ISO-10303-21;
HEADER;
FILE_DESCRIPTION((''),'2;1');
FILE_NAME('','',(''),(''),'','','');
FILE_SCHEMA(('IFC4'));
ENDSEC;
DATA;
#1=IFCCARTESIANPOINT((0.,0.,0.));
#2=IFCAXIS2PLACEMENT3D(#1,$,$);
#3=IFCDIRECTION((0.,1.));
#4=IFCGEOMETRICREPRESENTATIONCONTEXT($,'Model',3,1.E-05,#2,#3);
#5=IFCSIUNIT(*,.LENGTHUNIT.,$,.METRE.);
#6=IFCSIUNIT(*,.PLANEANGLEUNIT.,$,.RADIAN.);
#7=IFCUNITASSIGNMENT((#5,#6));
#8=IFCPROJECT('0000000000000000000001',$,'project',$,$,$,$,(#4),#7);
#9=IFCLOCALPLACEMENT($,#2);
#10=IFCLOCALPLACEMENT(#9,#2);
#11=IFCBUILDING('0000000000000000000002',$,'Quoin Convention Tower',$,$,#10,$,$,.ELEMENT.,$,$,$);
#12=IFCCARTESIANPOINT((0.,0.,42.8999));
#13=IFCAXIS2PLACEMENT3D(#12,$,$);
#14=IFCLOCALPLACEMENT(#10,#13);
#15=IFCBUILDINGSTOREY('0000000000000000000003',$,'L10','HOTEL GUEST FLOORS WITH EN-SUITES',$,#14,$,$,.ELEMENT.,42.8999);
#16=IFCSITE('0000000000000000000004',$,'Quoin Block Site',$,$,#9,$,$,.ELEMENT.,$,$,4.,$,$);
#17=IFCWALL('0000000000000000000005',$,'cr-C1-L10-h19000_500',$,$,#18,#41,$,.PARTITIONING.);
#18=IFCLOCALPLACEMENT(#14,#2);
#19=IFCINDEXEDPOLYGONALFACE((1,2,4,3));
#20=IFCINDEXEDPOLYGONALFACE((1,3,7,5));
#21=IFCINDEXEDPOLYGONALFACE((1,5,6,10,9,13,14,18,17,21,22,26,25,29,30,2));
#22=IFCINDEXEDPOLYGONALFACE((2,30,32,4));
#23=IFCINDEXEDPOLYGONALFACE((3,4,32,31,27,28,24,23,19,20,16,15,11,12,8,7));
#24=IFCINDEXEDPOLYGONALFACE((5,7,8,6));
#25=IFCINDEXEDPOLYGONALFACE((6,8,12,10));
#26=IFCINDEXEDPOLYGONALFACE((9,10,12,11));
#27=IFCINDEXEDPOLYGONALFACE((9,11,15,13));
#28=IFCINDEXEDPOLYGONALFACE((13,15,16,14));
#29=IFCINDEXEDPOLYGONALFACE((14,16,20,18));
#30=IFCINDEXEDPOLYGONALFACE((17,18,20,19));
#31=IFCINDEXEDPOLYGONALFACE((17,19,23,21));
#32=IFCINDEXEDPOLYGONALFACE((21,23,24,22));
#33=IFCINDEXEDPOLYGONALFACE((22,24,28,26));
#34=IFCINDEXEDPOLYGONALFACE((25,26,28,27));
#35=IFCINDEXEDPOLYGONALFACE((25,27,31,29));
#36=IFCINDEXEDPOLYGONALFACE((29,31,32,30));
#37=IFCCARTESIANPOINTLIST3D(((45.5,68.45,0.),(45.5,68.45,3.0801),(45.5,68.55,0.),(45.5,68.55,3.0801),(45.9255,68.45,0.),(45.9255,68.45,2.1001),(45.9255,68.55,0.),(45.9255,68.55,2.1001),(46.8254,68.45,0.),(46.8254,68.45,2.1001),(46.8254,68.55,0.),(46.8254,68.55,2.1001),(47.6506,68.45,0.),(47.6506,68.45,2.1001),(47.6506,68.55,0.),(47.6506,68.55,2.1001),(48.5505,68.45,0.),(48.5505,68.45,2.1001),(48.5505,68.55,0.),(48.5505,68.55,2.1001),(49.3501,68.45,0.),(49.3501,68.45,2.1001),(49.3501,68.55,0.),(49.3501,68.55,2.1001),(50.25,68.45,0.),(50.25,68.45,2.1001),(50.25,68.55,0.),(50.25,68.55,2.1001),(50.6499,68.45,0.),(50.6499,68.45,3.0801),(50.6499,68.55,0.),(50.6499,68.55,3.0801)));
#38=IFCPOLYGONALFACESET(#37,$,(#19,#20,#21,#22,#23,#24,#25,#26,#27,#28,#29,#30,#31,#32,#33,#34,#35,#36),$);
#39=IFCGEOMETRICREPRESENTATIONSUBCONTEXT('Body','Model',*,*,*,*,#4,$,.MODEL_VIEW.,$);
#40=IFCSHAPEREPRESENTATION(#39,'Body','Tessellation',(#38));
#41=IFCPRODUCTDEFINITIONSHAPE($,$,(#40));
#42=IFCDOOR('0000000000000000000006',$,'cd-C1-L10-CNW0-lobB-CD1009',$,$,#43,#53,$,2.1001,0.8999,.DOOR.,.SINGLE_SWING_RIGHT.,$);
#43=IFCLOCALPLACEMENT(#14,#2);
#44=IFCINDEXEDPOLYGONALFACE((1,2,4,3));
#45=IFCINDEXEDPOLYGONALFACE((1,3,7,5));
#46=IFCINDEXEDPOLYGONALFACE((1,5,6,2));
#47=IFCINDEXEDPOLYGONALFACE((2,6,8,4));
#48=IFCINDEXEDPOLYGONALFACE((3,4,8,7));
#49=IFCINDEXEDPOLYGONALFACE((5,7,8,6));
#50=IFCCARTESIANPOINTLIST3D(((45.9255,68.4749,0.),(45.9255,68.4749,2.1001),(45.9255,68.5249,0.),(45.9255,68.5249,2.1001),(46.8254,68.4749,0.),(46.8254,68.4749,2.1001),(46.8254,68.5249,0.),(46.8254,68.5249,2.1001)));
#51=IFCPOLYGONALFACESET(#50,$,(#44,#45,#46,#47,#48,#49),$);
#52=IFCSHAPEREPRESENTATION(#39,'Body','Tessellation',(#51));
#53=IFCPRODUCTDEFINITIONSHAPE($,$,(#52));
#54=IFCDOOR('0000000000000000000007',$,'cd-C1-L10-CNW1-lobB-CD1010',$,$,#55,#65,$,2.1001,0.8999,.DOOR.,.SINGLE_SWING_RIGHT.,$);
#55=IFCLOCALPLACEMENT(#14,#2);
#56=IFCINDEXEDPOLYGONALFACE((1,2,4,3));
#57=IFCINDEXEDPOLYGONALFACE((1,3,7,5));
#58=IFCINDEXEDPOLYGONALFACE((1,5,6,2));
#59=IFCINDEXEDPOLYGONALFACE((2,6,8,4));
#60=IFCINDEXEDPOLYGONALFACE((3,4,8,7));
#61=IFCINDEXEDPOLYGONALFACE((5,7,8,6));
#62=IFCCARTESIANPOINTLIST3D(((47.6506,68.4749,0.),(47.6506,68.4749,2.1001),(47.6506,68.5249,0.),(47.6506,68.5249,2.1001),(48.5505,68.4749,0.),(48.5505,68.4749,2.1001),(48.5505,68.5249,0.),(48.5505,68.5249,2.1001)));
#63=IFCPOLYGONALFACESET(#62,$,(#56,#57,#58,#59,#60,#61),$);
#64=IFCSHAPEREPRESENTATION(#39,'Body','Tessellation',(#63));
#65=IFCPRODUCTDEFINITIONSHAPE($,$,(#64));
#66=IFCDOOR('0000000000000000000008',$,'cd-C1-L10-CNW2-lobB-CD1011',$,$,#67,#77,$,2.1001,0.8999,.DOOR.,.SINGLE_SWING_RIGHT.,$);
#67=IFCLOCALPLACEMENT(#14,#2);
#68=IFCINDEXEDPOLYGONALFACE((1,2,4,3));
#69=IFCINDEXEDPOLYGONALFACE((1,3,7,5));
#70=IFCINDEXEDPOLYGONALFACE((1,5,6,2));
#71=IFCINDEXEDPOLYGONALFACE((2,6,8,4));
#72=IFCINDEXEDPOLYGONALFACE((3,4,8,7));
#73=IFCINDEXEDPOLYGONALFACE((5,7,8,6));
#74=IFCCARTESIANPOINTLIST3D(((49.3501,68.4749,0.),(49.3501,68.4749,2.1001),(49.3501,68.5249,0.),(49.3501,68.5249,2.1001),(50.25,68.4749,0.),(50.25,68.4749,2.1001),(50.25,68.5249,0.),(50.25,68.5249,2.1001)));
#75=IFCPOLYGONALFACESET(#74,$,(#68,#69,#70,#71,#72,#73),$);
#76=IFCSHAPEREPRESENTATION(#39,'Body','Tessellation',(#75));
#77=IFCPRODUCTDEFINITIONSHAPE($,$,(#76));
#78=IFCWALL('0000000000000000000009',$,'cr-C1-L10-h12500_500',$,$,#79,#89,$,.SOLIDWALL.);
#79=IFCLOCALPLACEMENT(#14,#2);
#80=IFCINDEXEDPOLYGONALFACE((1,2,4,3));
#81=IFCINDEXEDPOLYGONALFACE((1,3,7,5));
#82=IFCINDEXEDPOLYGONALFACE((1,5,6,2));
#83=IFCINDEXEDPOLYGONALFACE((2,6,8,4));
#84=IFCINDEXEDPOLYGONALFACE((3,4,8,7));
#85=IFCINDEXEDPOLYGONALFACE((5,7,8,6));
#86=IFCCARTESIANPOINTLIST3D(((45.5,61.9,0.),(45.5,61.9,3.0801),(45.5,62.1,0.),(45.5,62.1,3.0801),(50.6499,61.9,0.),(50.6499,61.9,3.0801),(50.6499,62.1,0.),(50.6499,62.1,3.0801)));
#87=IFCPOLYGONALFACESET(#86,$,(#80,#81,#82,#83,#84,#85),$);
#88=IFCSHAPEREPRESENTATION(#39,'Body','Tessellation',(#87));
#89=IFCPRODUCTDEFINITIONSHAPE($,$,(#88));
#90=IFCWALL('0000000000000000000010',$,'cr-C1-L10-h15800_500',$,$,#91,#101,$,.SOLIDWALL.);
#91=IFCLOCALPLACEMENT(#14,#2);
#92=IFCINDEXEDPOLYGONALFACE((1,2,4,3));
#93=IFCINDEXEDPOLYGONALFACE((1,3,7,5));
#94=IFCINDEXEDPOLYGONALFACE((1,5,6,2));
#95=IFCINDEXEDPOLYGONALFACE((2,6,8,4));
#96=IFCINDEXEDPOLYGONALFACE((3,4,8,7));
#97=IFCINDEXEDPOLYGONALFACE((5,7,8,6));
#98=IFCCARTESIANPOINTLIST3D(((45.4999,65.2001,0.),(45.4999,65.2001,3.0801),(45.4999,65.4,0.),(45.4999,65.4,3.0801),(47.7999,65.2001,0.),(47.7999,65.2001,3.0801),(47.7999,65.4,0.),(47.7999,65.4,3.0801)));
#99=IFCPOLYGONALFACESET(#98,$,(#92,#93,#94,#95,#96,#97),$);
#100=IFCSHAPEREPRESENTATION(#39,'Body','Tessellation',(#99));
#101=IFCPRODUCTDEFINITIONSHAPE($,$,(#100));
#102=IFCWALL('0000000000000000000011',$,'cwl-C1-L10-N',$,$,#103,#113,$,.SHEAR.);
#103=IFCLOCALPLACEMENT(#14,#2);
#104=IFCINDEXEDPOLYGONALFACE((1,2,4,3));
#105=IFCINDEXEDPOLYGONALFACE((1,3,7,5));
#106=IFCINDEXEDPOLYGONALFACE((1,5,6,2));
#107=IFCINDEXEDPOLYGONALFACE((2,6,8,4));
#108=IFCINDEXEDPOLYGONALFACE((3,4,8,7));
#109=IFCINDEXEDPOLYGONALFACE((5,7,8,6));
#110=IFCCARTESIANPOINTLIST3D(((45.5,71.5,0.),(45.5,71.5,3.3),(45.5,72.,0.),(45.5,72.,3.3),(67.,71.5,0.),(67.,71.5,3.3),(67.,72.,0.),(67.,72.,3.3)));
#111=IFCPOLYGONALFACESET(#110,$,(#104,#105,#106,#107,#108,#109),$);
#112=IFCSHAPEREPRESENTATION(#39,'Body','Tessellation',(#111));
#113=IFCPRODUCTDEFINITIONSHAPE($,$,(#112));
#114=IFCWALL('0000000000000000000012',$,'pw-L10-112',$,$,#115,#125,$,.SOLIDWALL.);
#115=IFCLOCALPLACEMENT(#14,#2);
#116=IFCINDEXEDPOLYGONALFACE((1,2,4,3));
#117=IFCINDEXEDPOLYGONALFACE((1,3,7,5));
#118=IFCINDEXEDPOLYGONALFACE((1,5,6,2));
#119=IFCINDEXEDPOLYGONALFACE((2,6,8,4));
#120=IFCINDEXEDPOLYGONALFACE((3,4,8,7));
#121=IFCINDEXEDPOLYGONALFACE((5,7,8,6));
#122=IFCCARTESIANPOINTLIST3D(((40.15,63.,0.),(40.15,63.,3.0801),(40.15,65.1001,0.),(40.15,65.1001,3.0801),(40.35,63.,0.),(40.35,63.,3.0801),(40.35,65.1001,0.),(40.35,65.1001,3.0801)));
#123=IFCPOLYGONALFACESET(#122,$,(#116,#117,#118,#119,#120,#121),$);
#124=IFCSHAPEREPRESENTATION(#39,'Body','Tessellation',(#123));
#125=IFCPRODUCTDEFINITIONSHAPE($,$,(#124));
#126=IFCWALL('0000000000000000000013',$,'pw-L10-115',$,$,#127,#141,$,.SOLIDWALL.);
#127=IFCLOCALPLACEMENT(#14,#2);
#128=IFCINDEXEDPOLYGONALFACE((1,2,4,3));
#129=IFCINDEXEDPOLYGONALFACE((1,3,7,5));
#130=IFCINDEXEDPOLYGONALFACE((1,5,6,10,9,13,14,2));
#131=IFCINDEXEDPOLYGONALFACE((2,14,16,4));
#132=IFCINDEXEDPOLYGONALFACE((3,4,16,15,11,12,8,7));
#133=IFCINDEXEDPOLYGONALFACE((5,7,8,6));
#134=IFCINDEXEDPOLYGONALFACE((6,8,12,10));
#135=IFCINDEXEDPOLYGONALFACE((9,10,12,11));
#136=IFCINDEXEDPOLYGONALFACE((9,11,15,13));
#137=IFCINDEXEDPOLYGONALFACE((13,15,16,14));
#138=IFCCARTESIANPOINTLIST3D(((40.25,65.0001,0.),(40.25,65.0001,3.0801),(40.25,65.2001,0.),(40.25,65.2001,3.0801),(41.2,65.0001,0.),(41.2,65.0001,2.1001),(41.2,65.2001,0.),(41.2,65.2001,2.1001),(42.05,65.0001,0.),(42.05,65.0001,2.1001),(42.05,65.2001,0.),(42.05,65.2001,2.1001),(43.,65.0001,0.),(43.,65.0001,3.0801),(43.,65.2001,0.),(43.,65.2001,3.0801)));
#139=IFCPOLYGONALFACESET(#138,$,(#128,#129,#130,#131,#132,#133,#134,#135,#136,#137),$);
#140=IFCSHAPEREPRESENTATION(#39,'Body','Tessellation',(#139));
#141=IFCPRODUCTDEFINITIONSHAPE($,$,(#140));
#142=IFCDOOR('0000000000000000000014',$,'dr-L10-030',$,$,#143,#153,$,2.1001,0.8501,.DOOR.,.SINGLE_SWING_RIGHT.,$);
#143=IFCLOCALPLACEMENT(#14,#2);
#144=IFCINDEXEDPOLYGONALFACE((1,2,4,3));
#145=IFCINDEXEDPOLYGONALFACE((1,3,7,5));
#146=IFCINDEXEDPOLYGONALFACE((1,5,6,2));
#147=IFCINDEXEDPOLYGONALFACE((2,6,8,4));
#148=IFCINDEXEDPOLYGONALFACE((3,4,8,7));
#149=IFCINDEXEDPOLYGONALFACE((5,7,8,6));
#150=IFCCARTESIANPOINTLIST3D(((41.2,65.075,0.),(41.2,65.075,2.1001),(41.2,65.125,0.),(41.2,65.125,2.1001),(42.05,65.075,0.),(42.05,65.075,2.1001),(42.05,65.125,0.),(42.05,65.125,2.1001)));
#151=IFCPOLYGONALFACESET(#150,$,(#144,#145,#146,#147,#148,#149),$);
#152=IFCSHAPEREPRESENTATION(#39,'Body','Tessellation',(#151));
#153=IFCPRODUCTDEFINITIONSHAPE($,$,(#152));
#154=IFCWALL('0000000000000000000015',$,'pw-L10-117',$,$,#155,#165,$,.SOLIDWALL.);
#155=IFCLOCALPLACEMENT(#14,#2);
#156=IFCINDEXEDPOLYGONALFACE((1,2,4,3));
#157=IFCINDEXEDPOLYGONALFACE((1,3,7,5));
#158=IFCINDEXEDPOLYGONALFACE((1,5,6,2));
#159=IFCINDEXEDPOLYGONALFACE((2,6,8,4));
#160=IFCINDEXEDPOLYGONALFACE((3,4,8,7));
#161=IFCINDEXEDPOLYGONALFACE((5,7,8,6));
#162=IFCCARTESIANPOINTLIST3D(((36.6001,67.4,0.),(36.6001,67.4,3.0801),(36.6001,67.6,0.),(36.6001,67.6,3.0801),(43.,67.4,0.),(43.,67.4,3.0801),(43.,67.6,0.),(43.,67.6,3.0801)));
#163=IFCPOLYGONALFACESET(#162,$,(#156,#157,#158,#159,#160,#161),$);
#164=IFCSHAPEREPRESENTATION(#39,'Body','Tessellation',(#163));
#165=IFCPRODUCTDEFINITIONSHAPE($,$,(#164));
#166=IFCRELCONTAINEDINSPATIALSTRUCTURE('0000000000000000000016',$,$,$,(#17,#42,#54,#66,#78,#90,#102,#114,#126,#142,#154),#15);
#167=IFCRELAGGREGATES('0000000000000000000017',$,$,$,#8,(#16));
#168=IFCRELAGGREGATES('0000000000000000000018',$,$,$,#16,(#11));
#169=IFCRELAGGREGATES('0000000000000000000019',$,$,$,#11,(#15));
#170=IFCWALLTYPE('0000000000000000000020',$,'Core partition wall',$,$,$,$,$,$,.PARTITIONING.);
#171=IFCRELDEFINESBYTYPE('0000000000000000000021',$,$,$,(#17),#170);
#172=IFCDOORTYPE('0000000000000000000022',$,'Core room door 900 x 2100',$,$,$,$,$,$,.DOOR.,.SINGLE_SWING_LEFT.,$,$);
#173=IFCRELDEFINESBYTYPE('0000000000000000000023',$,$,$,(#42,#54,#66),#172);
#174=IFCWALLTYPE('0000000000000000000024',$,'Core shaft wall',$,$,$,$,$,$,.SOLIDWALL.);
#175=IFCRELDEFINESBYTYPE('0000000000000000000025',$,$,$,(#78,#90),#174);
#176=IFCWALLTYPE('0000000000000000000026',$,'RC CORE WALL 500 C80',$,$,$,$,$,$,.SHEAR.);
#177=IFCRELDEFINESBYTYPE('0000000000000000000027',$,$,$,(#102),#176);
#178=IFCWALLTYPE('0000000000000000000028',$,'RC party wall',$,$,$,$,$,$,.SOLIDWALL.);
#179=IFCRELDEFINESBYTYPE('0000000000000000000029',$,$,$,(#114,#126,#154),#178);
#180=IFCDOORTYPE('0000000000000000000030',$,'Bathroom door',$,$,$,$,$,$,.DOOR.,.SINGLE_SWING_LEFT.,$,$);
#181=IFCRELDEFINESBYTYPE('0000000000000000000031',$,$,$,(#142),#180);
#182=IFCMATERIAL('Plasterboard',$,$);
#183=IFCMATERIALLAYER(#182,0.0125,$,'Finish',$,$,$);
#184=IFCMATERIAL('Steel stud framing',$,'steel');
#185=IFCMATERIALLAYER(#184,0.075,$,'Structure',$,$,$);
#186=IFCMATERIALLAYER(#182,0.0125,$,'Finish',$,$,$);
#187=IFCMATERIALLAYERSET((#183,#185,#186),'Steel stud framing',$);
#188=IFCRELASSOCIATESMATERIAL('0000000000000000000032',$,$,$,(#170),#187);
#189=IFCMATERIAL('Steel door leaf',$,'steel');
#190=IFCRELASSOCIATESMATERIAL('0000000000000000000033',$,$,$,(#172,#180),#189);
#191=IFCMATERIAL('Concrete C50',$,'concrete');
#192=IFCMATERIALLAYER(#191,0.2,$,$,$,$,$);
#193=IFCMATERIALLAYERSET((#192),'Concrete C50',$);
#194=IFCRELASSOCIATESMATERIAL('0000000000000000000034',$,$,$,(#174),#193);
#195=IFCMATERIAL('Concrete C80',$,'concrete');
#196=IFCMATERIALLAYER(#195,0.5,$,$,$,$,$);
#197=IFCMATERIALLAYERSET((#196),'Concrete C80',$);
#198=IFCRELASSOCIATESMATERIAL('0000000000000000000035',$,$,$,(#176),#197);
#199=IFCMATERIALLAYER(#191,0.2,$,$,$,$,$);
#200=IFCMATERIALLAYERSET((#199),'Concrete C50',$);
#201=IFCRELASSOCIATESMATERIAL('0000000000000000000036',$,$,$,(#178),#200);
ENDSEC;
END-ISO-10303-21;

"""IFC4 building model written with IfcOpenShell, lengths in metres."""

from ifc_helpers import new_model, si_unit, direction, frame, frame_2d, origin, place, context, subcontext, project, spatial, rectangle, extrude, material, layer, layer_set, type_object, element, fill, save


model = new_model("IFC4")

# Units and contexts
model_context = context("Model", 3, precision=1e-05, world=origin(), true_north=direction((0.0, 1.0)))
body_context = subcontext(model_context, "Body", "Model", "MODEL_VIEW")
ifc_project = project(units=[si_unit("LENGTHUNIT", "METRE"), si_unit("PLANEANGLEUNIT", "RADIAN")], contexts=[model_context])

# Site, building, storey
site_placement = place(None, origin())
site = spatial("IfcSite", under=ifc_project, at=site_placement, Name="Quoin Block Site", CompositionType="ELEMENT", RefElevation=4.0)
building_placement = place(site_placement, origin())
building = spatial("IfcBuilding", under=site, at=building_placement, Name="Quoin Convention Tower", CompositionType="ELEMENT")
storey_placement = place(building_placement, frame((0.0, 0.0, 42.8999)))
storey = spatial("IfcBuildingStorey", under=building, at=storey_placement, Name="L10", Description="HOTEL GUEST FLOORS WITH EN-SUITES", CompositionType="ELEMENT", Elevation=42.8999)

# Wall, openings, doors
ifc_material_1 = material(Name="Plasterboard")
ifc_layer_1 = layer(ifc_material_1, 0.0125, Name="Finish")
ifc_material_2 = material(Name="Steel stud framing", Category="steel")
ifc_layer_2 = layer(ifc_material_2, 0.075, Name="Structure")
ifc_layer_3 = layer(ifc_material_1, 0.0125, Name="Finish")
ifc_layer_set_1 = layer_set([ifc_layer_1, ifc_layer_2, ifc_layer_3], Name="Steel stud framing")
wall_type_1 = type_object("IfcWallType", Name="Core partition wall", PredefinedType="PARTITIONING", material=ifc_layer_set_1)
wall_1_placement = place(storey_placement, frame((45.5, 68.5, 0.0), z_axis=(0.0, 0.0, 1.0), x_axis=(1.0, 0.0, 0.0)))
wall_1 = element("IfcWall", 1, at=wall_1_placement, inside=storey, type_object=wall_type_1, Name="cr-C1-L10-h19000_500", PredefinedType="PARTITIONING", context=body_context, shape_type="SweptSolid", body=[
    extrude(rectangle(XDim=5.1499, YDim=0.1001, at=frame_2d((2.575, 0.0))), origin(), (0.0, 0.0, 1.0), 3.0801),
])
opening_1_placement = place(wall_1_placement, frame((0.4255, 0.0, 0.0)))
opening_1 = element("IfcOpeningElement", 2, at=opening_1_placement, cuts=wall_1, PredefinedType="OPENING", context=body_context, shape_type="SweptSolid", body=[
    extrude(rectangle(XDim=0.8999, YDim=2.1001, at=frame_2d((0.45, 1.05))), frame((0.0, 0.0601, 0.0), z_axis=(0.0, -1.0, 0.0), x_axis=(1.0, 0.0, 0.0)), (0.0, 0.0, 1.0), 0.1201),
])
opening_2_placement = place(wall_1_placement, frame((2.1506, 0.0, 0.0)))
opening_2 = element("IfcOpeningElement", 3, at=opening_2_placement, cuts=wall_1, PredefinedType="OPENING", context=body_context, shape_type="SweptSolid", body=[
    extrude(rectangle(XDim=0.8999, YDim=2.1001, at=frame_2d((0.45, 1.05))), frame((0.0, 0.0601, 0.0), z_axis=(0.0, -1.0, 0.0), x_axis=(1.0, 0.0, 0.0)), (0.0, 0.0, 1.0), 0.1201),
])
opening_3_placement = place(wall_1_placement, frame((3.8501, 0.0, 0.0)))
opening_3 = element("IfcOpeningElement", 4, at=opening_3_placement, cuts=wall_1, PredefinedType="OPENING", context=body_context, shape_type="SweptSolid", body=[
    extrude(rectangle(XDim=0.8999, YDim=2.1001, at=frame_2d((0.45, 1.05))), frame((0.0, 0.0601, 0.0), z_axis=(0.0, -1.0, 0.0), x_axis=(1.0, 0.0, 0.0)), (0.0, 0.0, 1.0), 0.1201),
])
ifc_material_3 = material(Name="Steel door leaf", Category="steel")
door_type_1 = type_object("IfcDoorType", Name="Core room door 900 x 2100", OperationType="SINGLE_SWING_LEFT", PredefinedType="DOOR", material=ifc_material_3)
door_1_placement = place(opening_1_placement, origin())
door_1 = element("IfcDoor", 5, at=door_1_placement, inside=storey, type_object=door_type_1, Name="cd-C1-L10-CNW0-lobB-CD1009", OperationType="SINGLE_SWING_RIGHT", OverallHeight=2.1001, OverallWidth=0.8999, PredefinedType="DOOR", context=body_context, shape_type="SweptSolid", body=[
    extrude(rectangle(XDim=0.8999, YDim=2.1001, at=frame_2d((0.45, 1.05))), frame((0.0, 0.0249, 0.0), z_axis=(0.0, -1.0, 0.0), x_axis=(1.0, 0.0, 0.0)), (0.0, 0.0, 1.0), 0.05),
])
fill(opening_1, door_1)
door_2_placement = place(opening_2_placement, origin())
door_2 = element("IfcDoor", 6, at=door_2_placement, inside=storey, type_object=door_type_1, Name="cd-C1-L10-CNW1-lobB-CD1010", OperationType="SINGLE_SWING_RIGHT", OverallHeight=2.1001, OverallWidth=0.8999, PredefinedType="DOOR", context=body_context, shape_type="SweptSolid", body=[
    extrude(rectangle(XDim=0.8999, YDim=2.1001, at=frame_2d((0.45, 1.05))), frame((0.0, 0.0249, 0.0), z_axis=(0.0, -1.0, 0.0), x_axis=(1.0, 0.0, 0.0)), (0.0, 0.0, 1.0), 0.05),
])
fill(opening_2, door_2)
door_3_placement = place(opening_3_placement, origin())
door_3 = element("IfcDoor", 7, at=door_3_placement, inside=storey, type_object=door_type_1, Name="cd-C1-L10-CNW2-lobB-CD1011", OperationType="SINGLE_SWING_RIGHT", OverallHeight=2.1001, OverallWidth=0.8999, PredefinedType="DOOR", context=body_context, shape_type="SweptSolid", body=[
    extrude(rectangle(XDim=0.8999, YDim=2.1001, at=frame_2d((0.45, 1.05))), frame((0.0, 0.0249, 0.0), z_axis=(0.0, -1.0, 0.0), x_axis=(1.0, 0.0, 0.0)), (0.0, 0.0, 1.0), 0.05),
])
fill(opening_3, door_3)

# Walls
ifc_material_4 = material(Name="Concrete C50", Category="concrete")
ifc_layer_4 = layer(ifc_material_4, 0.2)
ifc_layer_set_2 = layer_set([ifc_layer_4], Name="Concrete C50")
wall_type_2 = type_object("IfcWallType", Name="Core shaft wall", PredefinedType="SOLIDWALL", material=ifc_layer_set_2)
wall_2_placement = place(storey_placement, frame((45.5, 62.0, 0.0), z_axis=(0.0, 0.0, 1.0), x_axis=(1.0, 0.0, 0.0)))
element("IfcWall", 8, at=wall_2_placement, inside=storey, type_object=wall_type_2, Name="cr-C1-L10-h12500_500", PredefinedType="SOLIDWALL", context=body_context, shape_type="SweptSolid", body=[
    extrude(rectangle(XDim=5.1499, YDim=0.2, at=frame_2d((2.575, 0.0))), origin(), (0.0, 0.0, 1.0), 3.0801),
])
wall_3_placement = place(storey_placement, frame((45.5, 65.3, 0.0), z_axis=(0.0, 0.0, 1.0), x_axis=(1.0, 0.0, 0.0)))
element("IfcWall", 9, at=wall_3_placement, inside=storey, type_object=wall_type_2, Name="cr-C1-L10-h15800_500", PredefinedType="SOLIDWALL", context=body_context, shape_type="SweptSolid", body=[
    extrude(rectangle(XDim=2.3, YDim=0.2, at=frame_2d((1.1499, 0.0))), origin(), (0.0, 0.0, 1.0), 3.0801),
])
ifc_material_5 = material(Name="Concrete C80", Category="concrete")
ifc_layer_5 = layer(ifc_material_5, 0.5)
ifc_layer_set_3 = layer_set([ifc_layer_5], Name="Concrete C80")
wall_type_3 = type_object("IfcWallType", Name="RC CORE WALL 500 C80", PredefinedType="SHEAR", material=ifc_layer_set_3)
wall_4_placement = place(storey_placement, frame((45.5, 71.75, 0.0), z_axis=(0.0, 0.0, 1.0), x_axis=(1.0, 0.0, 0.0)))
element("IfcWall", 10, at=wall_4_placement, inside=storey, type_object=wall_type_3, Name="cwl-C1-L10-N", PredefinedType="SHEAR", context=body_context, shape_type="SweptSolid", body=[
    extrude(rectangle(XDim=21.5, YDim=0.5, at=frame_2d((10.75, 0.0))), origin(), (0.0, 0.0, 1.0), 3.3),
])
ifc_layer_6 = layer(ifc_material_4, 0.2)
ifc_layer_set_4 = layer_set([ifc_layer_6], Name="Concrete C50")
wall_type_4 = type_object("IfcWallType", Name="RC party wall", PredefinedType="SOLIDWALL", material=ifc_layer_set_4)
wall_5_placement = place(storey_placement, frame((40.25, 63.0, 0.0), z_axis=(0.0, 0.0, 1.0), x_axis=(0.0, 1.0, 0.0)))
element("IfcWall", 11, at=wall_5_placement, inside=storey, type_object=wall_type_4, Name="pw-L10-112", PredefinedType="SOLIDWALL", context=body_context, shape_type="SweptSolid", body=[
    extrude(rectangle(XDim=2.1001, YDim=0.2, at=frame_2d((1.05, 0.0))), origin(), (0.0, 0.0, 1.0), 3.0801),
])

# Wall, opening, door
wall_6_placement = place(storey_placement, frame((40.25, 65.1001, 0.0), z_axis=(0.0, 0.0, 1.0), x_axis=(1.0, 0.0, 0.0)))
wall_6 = element("IfcWall", 12, at=wall_6_placement, inside=storey, type_object=wall_type_4, Name="pw-L10-115", PredefinedType="SOLIDWALL", context=body_context, shape_type="SweptSolid", body=[
    extrude(rectangle(XDim=2.75, YDim=0.2, at=frame_2d((1.375, 0.0))), origin(), (0.0, 0.0, 1.0), 3.0801),
])
opening_4_placement = place(wall_6_placement, frame((0.95, 0.0, 0.0)))
opening_4 = element("IfcOpeningElement", 13, at=opening_4_placement, cuts=wall_6, PredefinedType="OPENING", context=body_context, shape_type="SweptSolid", body=[
    extrude(rectangle(XDim=0.8501, YDim=2.1001, at=frame_2d((0.425, 1.05))), frame((0.0, 0.1099, 0.0), z_axis=(0.0, -1.0, 0.0), x_axis=(1.0, 0.0, 0.0)), (0.0, 0.0, 1.0), 0.22),
])
door_type_2 = type_object("IfcDoorType", Name="Bathroom door", OperationType="SINGLE_SWING_LEFT", PredefinedType="DOOR", material=ifc_material_3)
door_4_placement = place(opening_4_placement, origin())
door_4 = element("IfcDoor", 14, at=door_4_placement, inside=storey, type_object=door_type_2, Name="dr-L10-030", OperationType="SINGLE_SWING_RIGHT", OverallHeight=2.1001, OverallWidth=0.8501, PredefinedType="DOOR", context=body_context, shape_type="SweptSolid", body=[
    extrude(rectangle(XDim=0.8501, YDim=2.1001, at=frame_2d((0.425, 1.05))), frame((0.0, 0.0249, 0.0), z_axis=(0.0, -1.0, 0.0), x_axis=(1.0, 0.0, 0.0)), (0.0, 0.0, 1.0), 0.05),
])
fill(opening_4, door_4)

# Wall
wall_7_placement = place(storey_placement, frame((36.6001, 67.5, 0.0), z_axis=(0.0, 0.0, 1.0), x_axis=(1.0, 0.0, 0.0)))
element("IfcWall", 15, at=wall_7_placement, inside=storey, type_object=wall_type_4, Name="pw-L10-117", PredefinedType="SOLIDWALL", context=body_context, shape_type="SweptSolid", body=[
    extrude(rectangle(XDim=6.3999, YDim=0.2, at=frame_2d((3.2, 0.0))), origin(), (0.0, 0.0, 1.0), 3.0801),
])

save(model, "model.ifc")
